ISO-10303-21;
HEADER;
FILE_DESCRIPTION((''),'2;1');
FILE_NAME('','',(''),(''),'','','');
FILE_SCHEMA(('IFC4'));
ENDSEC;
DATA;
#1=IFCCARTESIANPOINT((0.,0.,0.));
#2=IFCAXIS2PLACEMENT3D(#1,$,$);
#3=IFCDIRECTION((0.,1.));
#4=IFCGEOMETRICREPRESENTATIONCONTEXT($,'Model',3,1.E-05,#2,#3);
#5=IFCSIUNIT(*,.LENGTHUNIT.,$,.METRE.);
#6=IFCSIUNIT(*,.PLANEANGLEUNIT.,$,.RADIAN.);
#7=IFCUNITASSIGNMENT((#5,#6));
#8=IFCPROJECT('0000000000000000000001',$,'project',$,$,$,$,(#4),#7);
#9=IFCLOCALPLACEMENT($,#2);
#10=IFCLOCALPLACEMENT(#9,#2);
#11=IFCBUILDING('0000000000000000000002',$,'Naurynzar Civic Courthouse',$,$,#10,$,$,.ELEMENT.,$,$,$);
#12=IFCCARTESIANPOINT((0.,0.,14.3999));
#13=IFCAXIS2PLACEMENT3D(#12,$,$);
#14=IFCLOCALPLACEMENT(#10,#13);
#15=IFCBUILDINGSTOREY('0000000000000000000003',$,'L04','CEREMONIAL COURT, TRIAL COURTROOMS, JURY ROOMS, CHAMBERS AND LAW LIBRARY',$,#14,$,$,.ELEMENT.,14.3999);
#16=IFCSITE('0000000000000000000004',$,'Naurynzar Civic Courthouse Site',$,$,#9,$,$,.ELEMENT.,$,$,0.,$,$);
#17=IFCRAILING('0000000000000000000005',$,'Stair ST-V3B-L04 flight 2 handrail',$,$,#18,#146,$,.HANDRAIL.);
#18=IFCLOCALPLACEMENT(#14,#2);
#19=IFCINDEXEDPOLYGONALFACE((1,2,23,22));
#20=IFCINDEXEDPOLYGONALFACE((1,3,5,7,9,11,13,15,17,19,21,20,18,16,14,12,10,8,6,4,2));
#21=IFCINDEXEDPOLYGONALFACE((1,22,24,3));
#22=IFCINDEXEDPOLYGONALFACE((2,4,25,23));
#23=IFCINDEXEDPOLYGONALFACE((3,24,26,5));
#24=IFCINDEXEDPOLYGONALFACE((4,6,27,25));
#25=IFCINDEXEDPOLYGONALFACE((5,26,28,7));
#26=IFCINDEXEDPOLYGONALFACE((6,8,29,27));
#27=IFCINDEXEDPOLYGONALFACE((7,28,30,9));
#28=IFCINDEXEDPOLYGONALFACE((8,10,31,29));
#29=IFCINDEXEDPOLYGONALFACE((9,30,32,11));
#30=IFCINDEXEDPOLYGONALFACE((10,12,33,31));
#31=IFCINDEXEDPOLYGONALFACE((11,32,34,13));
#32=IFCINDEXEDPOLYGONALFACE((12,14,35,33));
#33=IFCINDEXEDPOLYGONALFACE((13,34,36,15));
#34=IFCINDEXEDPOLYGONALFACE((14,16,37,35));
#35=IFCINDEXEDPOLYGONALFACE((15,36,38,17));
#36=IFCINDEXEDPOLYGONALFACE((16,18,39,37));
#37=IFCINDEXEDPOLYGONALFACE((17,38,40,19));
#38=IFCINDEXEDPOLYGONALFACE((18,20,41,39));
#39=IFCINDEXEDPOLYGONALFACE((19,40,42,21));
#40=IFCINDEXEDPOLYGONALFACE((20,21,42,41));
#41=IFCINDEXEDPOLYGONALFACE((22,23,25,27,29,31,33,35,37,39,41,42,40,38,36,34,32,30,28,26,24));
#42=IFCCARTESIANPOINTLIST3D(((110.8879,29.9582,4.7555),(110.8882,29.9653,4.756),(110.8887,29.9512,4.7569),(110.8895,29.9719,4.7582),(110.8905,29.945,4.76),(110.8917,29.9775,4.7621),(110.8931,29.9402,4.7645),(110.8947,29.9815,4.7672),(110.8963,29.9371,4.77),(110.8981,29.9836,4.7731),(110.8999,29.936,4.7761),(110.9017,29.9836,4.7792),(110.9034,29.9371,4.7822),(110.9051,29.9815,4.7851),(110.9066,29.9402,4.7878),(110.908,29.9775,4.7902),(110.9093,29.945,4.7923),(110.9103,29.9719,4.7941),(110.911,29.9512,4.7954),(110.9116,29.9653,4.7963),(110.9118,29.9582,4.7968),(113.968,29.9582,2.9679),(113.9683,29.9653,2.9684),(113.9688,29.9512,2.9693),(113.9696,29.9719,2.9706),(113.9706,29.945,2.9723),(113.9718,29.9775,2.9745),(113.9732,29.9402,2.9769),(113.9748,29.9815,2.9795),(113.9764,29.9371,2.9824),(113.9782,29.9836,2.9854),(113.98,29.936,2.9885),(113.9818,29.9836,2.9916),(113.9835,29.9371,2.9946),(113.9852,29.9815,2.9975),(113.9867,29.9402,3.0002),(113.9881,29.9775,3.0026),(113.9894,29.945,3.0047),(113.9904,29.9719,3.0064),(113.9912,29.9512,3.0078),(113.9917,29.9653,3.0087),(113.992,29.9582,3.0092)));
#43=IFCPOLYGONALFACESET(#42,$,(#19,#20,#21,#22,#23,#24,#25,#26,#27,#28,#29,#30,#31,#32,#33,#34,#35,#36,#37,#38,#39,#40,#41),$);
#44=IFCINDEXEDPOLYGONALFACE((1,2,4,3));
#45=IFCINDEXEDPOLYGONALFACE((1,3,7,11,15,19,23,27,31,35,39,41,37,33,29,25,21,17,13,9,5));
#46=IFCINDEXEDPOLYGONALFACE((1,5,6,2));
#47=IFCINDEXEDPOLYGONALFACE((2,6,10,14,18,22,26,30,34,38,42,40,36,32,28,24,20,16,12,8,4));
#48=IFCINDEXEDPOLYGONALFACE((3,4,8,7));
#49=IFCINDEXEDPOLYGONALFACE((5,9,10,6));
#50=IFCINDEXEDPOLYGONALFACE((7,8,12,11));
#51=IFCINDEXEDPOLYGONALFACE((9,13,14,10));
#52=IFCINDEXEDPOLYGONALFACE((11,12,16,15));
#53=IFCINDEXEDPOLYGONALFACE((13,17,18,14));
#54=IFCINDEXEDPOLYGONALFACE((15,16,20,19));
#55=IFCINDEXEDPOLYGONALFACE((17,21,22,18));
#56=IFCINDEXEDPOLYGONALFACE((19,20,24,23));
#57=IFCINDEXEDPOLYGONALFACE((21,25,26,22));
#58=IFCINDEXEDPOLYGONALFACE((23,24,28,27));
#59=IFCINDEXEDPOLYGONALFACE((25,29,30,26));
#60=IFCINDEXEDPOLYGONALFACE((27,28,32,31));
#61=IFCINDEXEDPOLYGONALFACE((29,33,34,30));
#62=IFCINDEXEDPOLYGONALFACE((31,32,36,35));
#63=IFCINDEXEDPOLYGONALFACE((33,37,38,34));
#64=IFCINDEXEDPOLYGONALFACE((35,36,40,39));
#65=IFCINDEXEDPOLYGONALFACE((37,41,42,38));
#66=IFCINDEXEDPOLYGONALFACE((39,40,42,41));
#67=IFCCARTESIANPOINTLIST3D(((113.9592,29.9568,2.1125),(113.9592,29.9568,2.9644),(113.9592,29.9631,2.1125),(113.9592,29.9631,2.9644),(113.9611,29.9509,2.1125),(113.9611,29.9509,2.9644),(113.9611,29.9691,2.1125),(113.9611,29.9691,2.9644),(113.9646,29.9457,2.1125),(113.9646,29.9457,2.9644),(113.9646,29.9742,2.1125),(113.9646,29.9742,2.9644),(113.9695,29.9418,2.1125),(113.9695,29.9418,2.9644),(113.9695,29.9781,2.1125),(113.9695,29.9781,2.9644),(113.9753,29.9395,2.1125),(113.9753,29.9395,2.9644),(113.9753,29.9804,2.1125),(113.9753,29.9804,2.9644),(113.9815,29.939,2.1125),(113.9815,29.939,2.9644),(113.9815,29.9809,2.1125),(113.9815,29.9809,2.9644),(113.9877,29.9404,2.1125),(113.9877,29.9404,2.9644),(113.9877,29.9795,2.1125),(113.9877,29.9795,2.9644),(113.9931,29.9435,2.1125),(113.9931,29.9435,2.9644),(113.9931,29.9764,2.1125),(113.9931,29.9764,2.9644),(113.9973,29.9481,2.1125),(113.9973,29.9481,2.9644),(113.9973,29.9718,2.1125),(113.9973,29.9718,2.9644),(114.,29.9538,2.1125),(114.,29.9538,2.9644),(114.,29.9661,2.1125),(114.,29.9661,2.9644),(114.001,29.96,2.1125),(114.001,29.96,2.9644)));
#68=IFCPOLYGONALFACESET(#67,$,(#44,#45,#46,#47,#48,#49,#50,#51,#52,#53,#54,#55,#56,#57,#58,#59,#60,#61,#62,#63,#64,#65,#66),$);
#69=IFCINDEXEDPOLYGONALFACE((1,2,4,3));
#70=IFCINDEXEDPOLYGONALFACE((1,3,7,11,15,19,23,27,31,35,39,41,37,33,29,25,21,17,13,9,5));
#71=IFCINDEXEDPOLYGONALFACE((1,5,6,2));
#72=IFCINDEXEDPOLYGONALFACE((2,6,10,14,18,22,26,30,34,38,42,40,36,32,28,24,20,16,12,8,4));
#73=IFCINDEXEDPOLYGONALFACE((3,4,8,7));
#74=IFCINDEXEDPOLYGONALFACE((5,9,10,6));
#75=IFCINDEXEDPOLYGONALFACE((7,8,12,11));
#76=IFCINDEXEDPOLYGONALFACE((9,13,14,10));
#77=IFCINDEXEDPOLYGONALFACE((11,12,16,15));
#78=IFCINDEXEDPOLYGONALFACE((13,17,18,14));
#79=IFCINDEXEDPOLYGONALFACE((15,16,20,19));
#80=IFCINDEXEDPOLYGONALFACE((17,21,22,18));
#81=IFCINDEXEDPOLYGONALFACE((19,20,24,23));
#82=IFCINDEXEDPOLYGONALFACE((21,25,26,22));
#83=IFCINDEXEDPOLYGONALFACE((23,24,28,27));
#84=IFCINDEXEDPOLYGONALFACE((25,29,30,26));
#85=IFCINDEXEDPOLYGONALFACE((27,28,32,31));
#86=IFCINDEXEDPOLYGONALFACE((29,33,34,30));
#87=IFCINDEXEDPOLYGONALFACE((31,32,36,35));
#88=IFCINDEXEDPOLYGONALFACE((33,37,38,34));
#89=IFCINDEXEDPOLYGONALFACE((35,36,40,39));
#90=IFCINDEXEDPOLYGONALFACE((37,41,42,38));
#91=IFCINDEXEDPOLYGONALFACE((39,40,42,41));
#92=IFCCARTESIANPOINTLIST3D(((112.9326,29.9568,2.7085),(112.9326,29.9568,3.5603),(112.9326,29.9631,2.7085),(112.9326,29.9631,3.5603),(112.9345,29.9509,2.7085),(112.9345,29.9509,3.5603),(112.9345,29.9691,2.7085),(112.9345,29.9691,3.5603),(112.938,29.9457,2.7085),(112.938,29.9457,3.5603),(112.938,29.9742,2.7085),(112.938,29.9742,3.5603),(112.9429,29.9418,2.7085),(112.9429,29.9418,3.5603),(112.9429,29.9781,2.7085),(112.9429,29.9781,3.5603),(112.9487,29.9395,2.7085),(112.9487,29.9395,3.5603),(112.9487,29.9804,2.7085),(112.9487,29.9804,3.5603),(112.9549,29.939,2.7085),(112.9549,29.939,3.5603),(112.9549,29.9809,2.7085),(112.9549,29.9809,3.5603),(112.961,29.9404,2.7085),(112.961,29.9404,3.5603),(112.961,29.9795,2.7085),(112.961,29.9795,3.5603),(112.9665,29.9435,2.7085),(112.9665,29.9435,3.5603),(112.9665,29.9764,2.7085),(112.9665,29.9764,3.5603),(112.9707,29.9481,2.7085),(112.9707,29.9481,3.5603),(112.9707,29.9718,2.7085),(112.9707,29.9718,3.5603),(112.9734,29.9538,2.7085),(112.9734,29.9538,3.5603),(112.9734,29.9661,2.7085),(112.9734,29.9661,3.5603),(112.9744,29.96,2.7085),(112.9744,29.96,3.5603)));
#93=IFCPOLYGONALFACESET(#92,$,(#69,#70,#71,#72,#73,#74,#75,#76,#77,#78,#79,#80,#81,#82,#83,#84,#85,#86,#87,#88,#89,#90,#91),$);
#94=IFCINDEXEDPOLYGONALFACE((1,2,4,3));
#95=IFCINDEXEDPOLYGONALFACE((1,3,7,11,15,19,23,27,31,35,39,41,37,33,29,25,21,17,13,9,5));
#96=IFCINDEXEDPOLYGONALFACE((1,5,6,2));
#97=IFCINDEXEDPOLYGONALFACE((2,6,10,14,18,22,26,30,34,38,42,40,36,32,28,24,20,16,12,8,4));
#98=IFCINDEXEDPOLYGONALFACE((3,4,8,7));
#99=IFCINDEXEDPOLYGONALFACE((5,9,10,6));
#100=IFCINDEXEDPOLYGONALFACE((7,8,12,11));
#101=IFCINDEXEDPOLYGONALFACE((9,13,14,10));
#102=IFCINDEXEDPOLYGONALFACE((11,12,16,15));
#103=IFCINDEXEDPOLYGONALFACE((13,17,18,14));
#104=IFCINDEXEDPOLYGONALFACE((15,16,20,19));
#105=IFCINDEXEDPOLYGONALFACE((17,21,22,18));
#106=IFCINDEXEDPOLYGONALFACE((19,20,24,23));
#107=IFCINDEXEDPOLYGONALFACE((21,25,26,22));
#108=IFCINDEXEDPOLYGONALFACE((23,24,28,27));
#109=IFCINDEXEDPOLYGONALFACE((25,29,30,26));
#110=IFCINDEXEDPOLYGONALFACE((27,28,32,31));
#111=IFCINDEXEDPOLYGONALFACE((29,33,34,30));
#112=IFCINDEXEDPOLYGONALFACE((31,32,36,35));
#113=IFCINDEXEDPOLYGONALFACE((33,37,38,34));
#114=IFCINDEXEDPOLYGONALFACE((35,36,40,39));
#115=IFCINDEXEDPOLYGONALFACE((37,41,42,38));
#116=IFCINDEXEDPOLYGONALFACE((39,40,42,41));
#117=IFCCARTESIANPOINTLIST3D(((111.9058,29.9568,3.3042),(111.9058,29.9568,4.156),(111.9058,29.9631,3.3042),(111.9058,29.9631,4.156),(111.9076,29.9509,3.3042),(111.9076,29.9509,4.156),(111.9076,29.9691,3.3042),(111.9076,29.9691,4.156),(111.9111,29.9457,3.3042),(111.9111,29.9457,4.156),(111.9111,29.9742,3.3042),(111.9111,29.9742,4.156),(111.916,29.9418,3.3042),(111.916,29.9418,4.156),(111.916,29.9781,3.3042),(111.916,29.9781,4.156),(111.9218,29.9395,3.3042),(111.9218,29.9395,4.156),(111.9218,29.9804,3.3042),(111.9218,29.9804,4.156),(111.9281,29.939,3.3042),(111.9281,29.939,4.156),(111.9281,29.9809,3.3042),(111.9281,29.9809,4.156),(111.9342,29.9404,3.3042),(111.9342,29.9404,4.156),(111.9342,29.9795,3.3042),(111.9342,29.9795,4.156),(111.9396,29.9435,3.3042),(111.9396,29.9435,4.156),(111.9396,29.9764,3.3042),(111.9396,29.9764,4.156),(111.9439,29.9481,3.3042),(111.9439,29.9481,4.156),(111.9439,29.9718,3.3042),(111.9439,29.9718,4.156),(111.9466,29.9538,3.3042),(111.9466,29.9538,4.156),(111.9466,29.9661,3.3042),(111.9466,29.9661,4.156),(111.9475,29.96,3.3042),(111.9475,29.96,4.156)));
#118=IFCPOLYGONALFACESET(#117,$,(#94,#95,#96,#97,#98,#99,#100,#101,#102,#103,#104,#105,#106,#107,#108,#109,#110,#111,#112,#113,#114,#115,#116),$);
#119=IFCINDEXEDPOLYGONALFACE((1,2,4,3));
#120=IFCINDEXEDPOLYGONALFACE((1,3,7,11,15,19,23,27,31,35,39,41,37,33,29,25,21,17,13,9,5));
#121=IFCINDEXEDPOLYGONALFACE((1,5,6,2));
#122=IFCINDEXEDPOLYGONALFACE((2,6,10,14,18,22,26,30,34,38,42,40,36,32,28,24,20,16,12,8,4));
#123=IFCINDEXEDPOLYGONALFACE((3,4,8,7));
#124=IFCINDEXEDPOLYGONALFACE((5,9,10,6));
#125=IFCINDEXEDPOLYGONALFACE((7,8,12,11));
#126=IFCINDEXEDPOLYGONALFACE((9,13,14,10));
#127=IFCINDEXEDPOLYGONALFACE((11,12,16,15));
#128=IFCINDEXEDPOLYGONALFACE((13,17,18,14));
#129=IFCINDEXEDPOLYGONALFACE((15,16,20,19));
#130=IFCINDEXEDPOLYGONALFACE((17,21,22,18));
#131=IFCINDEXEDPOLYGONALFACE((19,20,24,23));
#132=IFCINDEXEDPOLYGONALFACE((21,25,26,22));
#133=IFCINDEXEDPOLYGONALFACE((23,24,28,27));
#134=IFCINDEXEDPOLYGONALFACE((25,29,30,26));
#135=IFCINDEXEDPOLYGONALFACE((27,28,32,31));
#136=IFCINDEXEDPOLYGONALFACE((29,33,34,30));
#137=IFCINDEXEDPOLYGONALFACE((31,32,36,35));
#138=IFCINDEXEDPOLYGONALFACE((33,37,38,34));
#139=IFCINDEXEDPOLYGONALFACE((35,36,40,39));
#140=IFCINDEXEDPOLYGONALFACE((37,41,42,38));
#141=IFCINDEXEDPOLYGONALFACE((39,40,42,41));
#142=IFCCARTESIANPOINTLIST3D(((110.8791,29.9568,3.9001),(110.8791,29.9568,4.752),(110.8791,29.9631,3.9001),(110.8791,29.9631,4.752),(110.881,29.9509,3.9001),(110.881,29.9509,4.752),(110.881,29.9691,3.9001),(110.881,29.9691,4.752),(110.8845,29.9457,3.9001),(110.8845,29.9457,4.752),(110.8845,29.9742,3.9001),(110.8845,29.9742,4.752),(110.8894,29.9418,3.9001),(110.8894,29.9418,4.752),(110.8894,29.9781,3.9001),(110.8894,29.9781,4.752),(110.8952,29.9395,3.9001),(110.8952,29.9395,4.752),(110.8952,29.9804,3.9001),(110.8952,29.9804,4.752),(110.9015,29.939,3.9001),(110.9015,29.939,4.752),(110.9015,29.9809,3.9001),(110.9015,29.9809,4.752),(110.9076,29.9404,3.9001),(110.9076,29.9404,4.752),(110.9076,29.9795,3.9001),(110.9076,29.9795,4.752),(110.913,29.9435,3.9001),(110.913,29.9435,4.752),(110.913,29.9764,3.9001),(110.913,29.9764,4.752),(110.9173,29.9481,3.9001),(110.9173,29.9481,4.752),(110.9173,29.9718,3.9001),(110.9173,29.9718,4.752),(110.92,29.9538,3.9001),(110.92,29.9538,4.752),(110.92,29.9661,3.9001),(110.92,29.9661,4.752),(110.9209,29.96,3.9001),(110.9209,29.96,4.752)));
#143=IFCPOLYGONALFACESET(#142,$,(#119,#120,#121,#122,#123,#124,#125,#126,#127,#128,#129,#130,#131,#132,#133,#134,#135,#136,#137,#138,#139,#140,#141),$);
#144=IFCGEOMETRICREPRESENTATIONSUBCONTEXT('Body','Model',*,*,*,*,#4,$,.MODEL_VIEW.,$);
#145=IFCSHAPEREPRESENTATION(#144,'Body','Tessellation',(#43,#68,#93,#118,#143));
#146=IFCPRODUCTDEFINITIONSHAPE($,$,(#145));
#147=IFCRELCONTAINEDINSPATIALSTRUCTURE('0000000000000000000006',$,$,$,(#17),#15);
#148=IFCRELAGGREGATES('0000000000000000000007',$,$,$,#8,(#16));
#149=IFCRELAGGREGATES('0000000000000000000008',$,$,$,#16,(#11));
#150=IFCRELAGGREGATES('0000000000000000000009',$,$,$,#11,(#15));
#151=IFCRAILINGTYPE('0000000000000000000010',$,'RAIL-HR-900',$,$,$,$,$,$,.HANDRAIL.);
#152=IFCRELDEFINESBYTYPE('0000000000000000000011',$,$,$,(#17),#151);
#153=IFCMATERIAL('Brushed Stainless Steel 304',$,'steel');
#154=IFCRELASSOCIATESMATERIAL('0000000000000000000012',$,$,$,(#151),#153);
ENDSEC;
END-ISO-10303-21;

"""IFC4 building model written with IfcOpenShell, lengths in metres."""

from ifc_helpers import new_model, si_unit, direction, frame, origin, origin_2d, place, context, subcontext, project, spatial, circle, extrude, material, type_object, element, save


model = new_model("IFC4")

# Units and contexts
model_context = context("Model", 3, precision=1e-05, world=origin(), true_north=direction((0.0, 1.0)))
body_context = subcontext(model_context, "Body", "Model", "MODEL_VIEW")
ifc_project = project(units=[si_unit("LENGTHUNIT", "METRE"), si_unit("PLANEANGLEUNIT", "RADIAN")], contexts=[model_context])

# Site, building, storey
site_placement = place(None, origin())
site = spatial("IfcSite", under=ifc_project, at=site_placement, Name="Naurynzar Civic Courthouse Site", CompositionType="ELEMENT", RefElevation=0.0)
building_placement = place(site_placement, origin())
building = spatial("IfcBuilding", under=site, at=building_placement, Name="Naurynzar Civic Courthouse", CompositionType="ELEMENT")
storey_placement = place(building_placement, frame((0.0, 0.0, 14.3999)))
storey = spatial("IfcBuildingStorey", under=building, at=storey_placement, Name="L04", Description="CEREMONIAL COURT, TRIAL COURTROOMS, JURY ROOMS, CHAMBERS AND LAW LIBRARY", CompositionType="ELEMENT", Elevation=14.3999)

# Railing
ifc_material_1 = material(Name="Brushed Stainless Steel 304", Category="steel")
railing_type_1 = type_object("IfcRailingType", Name="RAIL-HR-900", PredefinedType="HANDRAIL", material=ifc_material_1)
railing_1_placement = place(storey_placement, frame((113.98, 29.96, 2.1125)))
element("IfcRailing", 1, at=railing_1_placement, inside=storey, type_object=railing_type_1, Name="Stair ST-V3B-L04 flight 2 handrail", PredefinedType="HANDRAIL", context=body_context, shape_type="SweptSolid", body=[
    extrude(circle(Radius=0.0239, at=origin_2d()), frame((0.0, 0.0, 0.876), z_axis=(-0.864891, 0.0, 0.50196), x_axis=(0.0, -1.0, 0.0)), (0.0, 0.0, 1.0), 3.5613),
    extrude(circle(Radius=0.021, at=origin_2d()), origin(), (0.0, 0.0, 1.0), 0.8518),
    extrude(circle(Radius=0.021, at=origin_2d()), frame((-1.0266, 0.0, 0.5959)), (0.0, 0.0, 1.0), 0.8518),
    extrude(circle(Radius=0.021, at=origin_2d()), frame((-2.0535, 0.0, 1.1917)), (0.0, 0.0, 1.0), 0.8518),
    extrude(circle(Radius=0.021, at=origin_2d()), frame((-3.0801, 0.0, 1.7876)), (0.0, 0.0, 1.0), 0.8518),
])

save(model, "model.ifc")
